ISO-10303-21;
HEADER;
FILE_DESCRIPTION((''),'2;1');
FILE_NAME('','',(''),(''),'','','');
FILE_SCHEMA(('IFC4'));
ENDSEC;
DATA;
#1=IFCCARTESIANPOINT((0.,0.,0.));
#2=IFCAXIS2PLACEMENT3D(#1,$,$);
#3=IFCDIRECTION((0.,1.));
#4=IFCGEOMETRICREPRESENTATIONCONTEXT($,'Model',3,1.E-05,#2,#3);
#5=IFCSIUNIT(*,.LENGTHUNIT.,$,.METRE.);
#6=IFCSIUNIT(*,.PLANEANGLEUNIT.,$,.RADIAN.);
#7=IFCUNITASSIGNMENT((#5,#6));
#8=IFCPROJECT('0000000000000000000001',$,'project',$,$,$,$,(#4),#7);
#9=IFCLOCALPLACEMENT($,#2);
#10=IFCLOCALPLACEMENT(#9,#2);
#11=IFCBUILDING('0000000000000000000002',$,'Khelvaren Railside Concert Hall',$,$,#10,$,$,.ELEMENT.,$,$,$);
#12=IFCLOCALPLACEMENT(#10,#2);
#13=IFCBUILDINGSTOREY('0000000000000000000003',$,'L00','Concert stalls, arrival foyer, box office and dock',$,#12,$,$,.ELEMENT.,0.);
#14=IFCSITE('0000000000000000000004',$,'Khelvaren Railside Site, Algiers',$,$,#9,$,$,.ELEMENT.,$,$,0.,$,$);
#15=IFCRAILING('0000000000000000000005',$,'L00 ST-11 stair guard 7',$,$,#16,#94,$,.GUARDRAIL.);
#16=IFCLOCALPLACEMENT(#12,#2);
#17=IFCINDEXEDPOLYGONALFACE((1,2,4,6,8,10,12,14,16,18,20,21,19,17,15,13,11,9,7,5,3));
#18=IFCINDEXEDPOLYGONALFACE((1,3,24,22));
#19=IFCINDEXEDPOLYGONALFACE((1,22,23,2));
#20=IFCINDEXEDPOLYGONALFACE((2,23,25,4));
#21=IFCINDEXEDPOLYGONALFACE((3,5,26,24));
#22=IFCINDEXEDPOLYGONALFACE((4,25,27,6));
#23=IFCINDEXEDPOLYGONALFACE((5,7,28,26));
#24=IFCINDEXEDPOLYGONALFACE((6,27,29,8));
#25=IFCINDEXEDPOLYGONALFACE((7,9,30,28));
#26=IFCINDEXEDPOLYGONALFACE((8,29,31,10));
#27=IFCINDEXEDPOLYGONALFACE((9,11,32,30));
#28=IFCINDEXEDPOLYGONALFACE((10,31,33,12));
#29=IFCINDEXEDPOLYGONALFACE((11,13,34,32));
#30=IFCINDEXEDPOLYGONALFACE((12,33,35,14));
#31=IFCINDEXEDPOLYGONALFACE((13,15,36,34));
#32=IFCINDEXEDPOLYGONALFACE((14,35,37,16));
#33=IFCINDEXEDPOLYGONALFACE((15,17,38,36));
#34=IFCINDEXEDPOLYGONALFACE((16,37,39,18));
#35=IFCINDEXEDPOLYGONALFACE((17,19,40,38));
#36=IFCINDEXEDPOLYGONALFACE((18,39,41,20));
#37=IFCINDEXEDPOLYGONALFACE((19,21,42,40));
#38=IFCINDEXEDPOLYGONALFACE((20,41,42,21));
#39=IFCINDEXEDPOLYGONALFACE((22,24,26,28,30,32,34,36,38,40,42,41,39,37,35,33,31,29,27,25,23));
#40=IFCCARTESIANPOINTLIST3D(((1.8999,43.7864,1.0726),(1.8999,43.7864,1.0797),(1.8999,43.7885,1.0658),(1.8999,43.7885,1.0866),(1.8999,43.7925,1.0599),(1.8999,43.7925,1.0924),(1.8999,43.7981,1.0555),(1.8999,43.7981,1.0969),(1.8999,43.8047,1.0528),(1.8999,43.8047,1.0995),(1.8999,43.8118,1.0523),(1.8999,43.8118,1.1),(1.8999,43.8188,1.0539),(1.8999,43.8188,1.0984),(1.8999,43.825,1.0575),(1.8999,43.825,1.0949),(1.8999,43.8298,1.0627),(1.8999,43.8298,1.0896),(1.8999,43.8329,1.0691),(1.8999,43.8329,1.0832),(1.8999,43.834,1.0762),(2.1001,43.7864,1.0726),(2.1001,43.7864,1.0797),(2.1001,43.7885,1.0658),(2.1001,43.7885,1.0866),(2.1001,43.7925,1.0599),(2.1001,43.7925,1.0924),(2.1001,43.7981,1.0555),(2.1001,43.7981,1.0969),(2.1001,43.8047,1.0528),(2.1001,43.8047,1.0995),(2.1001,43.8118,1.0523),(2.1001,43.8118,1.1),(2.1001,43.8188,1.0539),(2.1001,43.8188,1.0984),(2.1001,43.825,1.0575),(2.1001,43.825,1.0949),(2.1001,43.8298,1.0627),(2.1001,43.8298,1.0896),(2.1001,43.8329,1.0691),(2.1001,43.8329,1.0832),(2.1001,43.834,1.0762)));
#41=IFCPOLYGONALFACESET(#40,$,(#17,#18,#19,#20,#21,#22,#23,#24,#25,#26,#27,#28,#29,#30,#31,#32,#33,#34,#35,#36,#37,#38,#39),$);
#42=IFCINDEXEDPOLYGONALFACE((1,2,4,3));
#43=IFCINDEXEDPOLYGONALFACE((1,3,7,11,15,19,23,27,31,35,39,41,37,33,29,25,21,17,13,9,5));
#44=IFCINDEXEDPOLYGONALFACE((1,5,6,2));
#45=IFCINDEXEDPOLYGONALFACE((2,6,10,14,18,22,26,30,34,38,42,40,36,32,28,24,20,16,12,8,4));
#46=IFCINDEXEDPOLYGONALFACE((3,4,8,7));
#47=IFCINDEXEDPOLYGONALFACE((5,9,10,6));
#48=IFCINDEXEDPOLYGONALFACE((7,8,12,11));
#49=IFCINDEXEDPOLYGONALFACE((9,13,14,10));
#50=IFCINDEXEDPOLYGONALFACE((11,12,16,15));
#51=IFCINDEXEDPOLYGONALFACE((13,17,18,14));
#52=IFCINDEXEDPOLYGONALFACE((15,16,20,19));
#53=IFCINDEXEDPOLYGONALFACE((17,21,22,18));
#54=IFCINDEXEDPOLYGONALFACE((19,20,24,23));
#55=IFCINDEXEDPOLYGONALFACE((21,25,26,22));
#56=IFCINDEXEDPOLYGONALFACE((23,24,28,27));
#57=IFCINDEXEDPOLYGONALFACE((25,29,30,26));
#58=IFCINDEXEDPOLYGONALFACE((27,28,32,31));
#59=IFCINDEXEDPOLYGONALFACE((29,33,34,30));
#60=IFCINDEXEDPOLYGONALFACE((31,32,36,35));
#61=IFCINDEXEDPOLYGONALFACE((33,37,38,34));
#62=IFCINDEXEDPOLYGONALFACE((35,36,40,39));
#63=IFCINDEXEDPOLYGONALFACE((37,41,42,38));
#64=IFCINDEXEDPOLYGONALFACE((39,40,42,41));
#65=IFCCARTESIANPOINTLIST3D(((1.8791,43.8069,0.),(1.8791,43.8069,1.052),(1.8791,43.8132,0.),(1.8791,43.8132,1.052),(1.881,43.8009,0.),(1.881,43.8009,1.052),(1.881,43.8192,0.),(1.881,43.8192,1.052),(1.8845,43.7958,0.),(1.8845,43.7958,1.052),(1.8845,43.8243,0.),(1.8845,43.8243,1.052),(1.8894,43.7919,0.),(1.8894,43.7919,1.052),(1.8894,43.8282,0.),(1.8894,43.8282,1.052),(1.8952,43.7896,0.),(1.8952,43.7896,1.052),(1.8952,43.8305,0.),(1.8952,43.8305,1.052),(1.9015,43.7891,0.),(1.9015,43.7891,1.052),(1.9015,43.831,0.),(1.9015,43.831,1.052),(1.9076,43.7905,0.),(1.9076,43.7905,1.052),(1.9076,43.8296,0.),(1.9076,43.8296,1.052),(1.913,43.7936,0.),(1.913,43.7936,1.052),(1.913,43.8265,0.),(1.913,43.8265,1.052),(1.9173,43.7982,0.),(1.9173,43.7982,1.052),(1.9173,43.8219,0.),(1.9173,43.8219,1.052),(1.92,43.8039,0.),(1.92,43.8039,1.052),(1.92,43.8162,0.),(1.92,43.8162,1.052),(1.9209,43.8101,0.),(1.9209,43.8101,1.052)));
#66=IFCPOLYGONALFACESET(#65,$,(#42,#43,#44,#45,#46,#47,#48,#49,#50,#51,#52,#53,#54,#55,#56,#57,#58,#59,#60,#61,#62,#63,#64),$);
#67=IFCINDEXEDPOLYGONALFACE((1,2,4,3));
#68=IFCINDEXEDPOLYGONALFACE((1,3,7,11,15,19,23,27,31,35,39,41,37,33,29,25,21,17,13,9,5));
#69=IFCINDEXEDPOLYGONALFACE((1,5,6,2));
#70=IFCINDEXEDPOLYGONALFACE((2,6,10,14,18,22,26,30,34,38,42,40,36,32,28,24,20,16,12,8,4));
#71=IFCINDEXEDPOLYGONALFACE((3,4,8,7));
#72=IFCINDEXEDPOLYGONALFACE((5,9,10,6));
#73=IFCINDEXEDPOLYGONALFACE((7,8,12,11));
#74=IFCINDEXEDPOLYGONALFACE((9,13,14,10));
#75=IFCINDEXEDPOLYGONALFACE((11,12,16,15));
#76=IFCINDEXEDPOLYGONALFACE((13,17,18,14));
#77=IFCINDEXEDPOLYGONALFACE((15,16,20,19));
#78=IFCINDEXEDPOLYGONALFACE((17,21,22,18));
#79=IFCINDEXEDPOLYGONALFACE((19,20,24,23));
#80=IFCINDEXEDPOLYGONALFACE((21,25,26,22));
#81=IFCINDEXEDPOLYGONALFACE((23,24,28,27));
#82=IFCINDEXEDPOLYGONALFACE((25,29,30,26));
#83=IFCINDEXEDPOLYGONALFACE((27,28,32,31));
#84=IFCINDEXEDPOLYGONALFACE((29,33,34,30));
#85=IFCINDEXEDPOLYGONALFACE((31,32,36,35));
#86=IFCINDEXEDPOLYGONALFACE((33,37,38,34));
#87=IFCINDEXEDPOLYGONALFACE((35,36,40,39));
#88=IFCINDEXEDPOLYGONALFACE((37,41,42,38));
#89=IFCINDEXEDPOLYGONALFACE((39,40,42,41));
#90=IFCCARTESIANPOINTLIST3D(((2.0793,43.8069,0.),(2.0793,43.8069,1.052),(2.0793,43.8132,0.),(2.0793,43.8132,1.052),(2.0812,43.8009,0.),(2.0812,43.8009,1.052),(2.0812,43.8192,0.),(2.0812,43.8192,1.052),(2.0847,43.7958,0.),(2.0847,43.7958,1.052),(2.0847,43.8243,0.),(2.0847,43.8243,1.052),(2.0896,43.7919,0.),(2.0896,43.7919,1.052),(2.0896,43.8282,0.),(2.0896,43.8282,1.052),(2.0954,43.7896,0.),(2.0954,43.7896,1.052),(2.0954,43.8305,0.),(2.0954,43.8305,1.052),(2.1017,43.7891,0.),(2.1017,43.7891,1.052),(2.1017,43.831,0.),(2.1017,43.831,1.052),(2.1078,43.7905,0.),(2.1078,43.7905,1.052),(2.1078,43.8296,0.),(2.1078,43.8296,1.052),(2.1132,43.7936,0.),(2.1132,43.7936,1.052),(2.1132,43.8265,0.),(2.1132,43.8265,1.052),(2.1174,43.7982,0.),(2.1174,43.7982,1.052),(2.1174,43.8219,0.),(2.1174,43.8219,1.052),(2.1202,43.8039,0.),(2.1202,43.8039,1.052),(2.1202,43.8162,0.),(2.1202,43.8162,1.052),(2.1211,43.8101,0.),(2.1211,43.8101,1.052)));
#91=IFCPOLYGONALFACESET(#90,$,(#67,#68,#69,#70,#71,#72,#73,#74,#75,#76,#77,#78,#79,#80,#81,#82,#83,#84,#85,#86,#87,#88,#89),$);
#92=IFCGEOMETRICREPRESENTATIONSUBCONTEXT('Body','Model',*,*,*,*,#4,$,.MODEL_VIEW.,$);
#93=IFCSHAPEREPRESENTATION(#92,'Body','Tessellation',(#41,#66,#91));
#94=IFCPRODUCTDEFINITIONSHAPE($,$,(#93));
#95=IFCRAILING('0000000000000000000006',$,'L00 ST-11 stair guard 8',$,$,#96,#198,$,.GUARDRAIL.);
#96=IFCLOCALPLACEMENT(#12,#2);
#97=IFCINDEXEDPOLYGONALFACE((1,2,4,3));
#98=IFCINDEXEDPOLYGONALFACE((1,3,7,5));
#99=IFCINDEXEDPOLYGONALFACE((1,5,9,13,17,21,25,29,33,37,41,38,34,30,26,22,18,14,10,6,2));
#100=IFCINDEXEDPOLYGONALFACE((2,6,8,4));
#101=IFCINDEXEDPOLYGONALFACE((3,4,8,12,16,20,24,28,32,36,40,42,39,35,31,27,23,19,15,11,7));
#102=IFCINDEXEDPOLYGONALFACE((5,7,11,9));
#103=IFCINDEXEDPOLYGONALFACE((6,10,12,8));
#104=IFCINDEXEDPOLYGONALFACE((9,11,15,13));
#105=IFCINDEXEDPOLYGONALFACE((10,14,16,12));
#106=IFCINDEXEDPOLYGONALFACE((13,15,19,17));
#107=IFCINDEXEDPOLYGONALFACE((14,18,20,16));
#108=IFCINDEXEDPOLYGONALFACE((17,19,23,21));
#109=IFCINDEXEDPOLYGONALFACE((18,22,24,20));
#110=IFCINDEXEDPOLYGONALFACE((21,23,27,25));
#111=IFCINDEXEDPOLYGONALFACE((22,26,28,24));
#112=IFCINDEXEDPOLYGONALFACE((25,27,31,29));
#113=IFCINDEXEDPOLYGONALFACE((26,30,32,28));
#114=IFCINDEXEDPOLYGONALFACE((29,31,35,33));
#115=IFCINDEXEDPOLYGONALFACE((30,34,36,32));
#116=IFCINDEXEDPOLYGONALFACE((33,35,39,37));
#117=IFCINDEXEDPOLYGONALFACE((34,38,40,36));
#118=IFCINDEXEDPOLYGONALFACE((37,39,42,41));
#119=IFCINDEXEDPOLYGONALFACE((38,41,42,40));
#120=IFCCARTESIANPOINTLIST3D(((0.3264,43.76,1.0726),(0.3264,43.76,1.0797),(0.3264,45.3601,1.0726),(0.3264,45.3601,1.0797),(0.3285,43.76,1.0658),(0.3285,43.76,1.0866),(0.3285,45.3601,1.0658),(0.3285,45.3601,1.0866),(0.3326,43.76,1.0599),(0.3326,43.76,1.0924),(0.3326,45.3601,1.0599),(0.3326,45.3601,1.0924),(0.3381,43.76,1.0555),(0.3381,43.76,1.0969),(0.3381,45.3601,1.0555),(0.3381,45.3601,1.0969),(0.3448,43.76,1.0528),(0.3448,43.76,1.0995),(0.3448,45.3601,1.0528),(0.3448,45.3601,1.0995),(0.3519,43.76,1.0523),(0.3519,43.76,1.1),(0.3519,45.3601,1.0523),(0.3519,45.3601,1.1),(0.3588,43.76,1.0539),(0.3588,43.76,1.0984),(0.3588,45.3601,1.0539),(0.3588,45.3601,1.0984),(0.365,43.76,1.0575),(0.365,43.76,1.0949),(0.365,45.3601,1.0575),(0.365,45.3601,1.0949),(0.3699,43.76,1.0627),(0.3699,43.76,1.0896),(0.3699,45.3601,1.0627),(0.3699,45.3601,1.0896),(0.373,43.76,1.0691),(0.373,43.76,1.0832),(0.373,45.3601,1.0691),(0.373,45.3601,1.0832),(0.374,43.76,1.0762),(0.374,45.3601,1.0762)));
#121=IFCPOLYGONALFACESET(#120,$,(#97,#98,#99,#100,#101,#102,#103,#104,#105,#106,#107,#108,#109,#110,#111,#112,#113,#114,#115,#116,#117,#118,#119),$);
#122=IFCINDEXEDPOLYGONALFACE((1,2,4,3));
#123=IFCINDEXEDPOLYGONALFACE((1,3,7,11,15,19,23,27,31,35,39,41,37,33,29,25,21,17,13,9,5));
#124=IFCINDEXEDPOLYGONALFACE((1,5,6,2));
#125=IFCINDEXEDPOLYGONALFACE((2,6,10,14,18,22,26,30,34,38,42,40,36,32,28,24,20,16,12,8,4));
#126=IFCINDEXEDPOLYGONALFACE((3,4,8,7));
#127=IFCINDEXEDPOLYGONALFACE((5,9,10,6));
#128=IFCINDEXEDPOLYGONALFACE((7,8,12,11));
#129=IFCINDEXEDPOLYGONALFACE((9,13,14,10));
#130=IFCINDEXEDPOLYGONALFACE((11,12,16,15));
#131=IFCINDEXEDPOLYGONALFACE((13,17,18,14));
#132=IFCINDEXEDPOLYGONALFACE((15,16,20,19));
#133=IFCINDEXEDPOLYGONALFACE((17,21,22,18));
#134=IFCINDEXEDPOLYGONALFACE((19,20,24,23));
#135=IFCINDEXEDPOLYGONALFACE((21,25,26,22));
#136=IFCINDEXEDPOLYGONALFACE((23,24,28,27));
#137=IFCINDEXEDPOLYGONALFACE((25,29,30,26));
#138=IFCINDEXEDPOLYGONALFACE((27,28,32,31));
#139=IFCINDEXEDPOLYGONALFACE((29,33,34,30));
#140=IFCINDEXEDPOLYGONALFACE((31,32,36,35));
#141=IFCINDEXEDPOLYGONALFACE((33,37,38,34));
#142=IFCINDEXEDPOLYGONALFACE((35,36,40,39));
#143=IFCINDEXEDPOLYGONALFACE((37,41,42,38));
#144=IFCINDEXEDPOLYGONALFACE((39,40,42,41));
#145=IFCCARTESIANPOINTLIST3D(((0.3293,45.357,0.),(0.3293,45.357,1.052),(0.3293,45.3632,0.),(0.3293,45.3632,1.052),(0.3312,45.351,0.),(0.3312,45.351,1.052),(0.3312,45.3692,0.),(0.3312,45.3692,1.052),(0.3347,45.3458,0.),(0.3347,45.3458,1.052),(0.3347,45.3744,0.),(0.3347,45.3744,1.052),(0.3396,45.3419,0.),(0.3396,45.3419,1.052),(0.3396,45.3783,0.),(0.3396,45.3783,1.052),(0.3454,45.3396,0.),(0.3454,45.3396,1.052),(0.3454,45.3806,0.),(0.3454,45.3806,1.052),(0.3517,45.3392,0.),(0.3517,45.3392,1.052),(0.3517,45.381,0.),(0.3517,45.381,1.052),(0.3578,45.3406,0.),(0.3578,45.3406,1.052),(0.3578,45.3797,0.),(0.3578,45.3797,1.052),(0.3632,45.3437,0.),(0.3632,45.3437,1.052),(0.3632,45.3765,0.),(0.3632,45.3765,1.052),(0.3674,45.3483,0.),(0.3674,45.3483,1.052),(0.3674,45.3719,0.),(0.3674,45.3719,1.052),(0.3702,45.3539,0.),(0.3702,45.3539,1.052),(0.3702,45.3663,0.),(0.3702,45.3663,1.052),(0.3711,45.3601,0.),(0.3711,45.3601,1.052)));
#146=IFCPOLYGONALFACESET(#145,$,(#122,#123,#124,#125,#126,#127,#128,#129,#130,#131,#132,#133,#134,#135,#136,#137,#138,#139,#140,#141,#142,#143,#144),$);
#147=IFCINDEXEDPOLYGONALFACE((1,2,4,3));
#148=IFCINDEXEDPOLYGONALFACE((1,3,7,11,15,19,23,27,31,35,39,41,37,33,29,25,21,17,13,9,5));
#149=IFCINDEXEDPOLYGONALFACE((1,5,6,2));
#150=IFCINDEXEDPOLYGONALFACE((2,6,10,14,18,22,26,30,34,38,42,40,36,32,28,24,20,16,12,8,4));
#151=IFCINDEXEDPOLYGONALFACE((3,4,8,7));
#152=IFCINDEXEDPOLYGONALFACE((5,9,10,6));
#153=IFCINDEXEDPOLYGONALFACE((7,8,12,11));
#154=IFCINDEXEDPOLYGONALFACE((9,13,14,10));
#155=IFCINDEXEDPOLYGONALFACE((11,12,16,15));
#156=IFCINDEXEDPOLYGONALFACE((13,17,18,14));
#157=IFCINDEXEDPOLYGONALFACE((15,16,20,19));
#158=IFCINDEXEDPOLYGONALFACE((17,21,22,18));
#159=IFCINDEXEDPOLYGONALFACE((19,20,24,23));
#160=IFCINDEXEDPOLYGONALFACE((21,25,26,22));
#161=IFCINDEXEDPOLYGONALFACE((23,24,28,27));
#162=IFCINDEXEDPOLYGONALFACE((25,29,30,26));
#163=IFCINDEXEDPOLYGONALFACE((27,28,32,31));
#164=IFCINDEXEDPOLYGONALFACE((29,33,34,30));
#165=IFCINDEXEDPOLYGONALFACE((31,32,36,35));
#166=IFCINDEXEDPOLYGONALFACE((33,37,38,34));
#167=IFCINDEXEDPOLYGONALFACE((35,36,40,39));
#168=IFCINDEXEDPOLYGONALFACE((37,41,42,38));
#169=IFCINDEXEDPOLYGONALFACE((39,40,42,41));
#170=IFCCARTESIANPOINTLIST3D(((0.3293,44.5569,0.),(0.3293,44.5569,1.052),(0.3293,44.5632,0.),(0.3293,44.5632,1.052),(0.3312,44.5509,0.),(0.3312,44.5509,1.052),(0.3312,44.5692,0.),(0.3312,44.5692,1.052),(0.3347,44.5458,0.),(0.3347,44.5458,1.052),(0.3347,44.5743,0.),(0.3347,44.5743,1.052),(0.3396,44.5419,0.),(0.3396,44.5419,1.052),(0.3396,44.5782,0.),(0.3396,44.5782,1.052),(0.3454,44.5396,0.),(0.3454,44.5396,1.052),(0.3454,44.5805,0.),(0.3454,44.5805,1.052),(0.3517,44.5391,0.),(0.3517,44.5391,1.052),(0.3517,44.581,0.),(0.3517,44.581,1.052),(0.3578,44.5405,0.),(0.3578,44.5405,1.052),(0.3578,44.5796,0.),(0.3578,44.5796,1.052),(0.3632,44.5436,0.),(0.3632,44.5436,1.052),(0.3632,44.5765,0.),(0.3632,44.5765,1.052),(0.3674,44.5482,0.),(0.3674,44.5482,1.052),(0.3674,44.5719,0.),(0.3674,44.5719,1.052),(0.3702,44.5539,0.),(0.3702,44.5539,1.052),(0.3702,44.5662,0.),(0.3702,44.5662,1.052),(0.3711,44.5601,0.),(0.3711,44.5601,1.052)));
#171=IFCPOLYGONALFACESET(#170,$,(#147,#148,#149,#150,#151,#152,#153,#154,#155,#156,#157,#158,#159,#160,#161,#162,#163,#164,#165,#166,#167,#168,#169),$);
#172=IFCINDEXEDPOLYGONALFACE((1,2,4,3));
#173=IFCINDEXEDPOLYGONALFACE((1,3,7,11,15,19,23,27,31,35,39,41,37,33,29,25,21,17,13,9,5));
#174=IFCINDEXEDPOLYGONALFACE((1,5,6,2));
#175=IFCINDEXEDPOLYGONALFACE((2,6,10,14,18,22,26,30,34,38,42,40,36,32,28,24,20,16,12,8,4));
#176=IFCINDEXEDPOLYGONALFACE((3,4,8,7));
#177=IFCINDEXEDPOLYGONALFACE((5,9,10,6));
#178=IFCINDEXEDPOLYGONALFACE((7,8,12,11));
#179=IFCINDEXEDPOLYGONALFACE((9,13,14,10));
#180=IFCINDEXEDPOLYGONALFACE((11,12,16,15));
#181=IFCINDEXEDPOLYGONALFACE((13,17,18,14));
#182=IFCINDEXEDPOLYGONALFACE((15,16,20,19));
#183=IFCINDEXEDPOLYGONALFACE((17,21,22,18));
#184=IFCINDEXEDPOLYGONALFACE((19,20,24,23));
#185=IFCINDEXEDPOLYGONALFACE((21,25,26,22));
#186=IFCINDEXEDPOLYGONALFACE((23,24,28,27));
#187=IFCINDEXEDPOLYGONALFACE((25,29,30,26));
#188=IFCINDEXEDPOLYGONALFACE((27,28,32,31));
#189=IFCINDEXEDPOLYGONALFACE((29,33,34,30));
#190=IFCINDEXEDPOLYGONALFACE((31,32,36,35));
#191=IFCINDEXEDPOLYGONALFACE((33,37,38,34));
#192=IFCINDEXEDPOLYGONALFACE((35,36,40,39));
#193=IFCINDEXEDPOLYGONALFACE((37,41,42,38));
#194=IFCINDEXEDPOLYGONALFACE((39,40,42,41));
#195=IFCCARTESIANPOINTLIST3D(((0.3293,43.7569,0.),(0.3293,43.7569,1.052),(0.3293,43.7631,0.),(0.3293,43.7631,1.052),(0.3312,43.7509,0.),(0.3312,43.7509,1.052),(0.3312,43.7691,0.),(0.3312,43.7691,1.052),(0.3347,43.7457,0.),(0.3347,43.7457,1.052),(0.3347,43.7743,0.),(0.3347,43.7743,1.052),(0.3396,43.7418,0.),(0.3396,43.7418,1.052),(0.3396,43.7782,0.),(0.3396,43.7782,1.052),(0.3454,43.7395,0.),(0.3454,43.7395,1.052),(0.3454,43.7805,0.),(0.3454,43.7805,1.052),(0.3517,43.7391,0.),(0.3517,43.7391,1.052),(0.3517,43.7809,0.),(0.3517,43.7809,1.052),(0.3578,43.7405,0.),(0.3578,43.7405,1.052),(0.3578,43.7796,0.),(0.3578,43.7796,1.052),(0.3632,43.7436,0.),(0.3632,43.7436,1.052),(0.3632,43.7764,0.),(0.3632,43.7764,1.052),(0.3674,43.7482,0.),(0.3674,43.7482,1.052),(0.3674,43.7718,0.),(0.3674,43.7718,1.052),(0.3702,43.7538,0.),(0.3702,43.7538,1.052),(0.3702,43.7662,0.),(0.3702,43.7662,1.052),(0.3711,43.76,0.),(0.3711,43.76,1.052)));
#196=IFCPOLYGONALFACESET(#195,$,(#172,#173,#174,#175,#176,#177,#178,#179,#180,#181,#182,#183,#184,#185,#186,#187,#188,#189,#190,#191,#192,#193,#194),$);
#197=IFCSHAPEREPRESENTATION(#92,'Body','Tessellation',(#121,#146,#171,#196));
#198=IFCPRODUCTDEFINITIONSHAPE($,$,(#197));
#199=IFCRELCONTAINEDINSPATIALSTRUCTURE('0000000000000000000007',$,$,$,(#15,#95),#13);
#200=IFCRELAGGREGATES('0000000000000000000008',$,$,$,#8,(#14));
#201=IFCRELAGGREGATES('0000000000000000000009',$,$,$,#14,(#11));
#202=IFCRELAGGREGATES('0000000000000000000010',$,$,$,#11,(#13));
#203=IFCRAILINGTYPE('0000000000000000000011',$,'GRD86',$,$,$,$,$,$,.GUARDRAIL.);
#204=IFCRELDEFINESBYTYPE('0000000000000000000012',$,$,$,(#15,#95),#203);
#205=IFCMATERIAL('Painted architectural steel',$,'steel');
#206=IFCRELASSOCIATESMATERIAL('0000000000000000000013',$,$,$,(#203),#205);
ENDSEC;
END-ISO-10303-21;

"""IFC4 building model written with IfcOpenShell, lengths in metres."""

from ifc_helpers import new_model, si_unit, direction, frame, origin, origin_2d, place, context, subcontext, project, spatial, circle, extrude, material, type_object, element, save


model = new_model("IFC4")

# Units and contexts
model_context = context("Model", 3, precision=1e-05, world=origin(), true_north=direction((0.0, 1.0)))
body_context = subcontext(model_context, "Body", "Model", "MODEL_VIEW")
ifc_project = project(units=[si_unit("LENGTHUNIT", "METRE"), si_unit("PLANEANGLEUNIT", "RADIAN")], contexts=[model_context])

# Site, building, storey
site_placement = place(None, origin())
site = spatial("IfcSite", under=ifc_project, at=site_placement, Name="Khelvaren Railside Site, Algiers", CompositionType="ELEMENT", RefElevation=0.0)
building_placement = place(site_placement, origin())
building = spatial("IfcBuilding", under=site, at=building_placement, Name="Khelvaren Railside Concert Hall", CompositionType="ELEMENT")
storey_placement = place(building_placement, origin())
storey = spatial("IfcBuildingStorey", under=building, at=storey_placement, Name="L00", Description="Concert stalls, arrival foyer, box office and dock", CompositionType="ELEMENT", Elevation=0.0)

# Railings
ifc_material_1 = material(Name="Painted architectural steel", Category="steel")
railing_type_1 = type_object("IfcRailingType", Name="GRD86", PredefinedType="GUARDRAIL", material=ifc_material_1)
railing_1_placement = place(storey_placement, frame((1.8999, 43.8101, 0.0)))
element("IfcRailing", 1, at=railing_1_placement, inside=storey, type_object=railing_type_1, Name="L00 ST-11 stair guard 7", PredefinedType="GUARDRAIL", context=body_context, shape_type="SweptSolid", body=[
    extrude(circle(Radius=0.0239, at=origin_2d()), frame((0.0, 0.0, 1.0762), z_axis=(1.0, 0.0, 0.0), x_axis=(0.0, 1.0, 0.0)), (0.0, 0.0, 1.0), 0.2002),
    extrude(circle(Radius=0.021, at=origin_2d()), origin(), (0.0, 0.0, 1.0), 1.052),
    extrude(circle(Radius=0.021, at=origin_2d()), frame((0.2002, 0.0, 0.0)), (0.0, 0.0, 1.0), 1.052),
])
railing_2_placement = place(storey_placement, frame((0.3501, 45.3601, 0.0)))
element("IfcRailing", 2, at=railing_2_placement, inside=storey, type_object=railing_type_1, Name="L00 ST-11 stair guard 8", PredefinedType="GUARDRAIL", context=body_context, shape_type="SweptSolid", body=[
    extrude(circle(Radius=0.0239, at=origin_2d()), frame((0.0, 0.0, 1.0762), z_axis=(0.0, -1.0, 0.0), x_axis=(1.0, 0.0, 0.0)), (0.0, 0.0, 1.0), 1.6001),
    extrude(circle(Radius=0.021, at=origin_2d()), origin(), (0.0, 0.0, 1.0), 1.052),
    extrude(circle(Radius=0.021, at=origin_2d()), frame((0.0, -0.8, 0.0)), (0.0, 0.0, 1.0), 1.052),
    extrude(circle(Radius=0.021, at=origin_2d()), frame((0.0, -1.6001, 0.0)), (0.0, 0.0, 1.0), 1.052),
])

save(model, "model.ifc")
